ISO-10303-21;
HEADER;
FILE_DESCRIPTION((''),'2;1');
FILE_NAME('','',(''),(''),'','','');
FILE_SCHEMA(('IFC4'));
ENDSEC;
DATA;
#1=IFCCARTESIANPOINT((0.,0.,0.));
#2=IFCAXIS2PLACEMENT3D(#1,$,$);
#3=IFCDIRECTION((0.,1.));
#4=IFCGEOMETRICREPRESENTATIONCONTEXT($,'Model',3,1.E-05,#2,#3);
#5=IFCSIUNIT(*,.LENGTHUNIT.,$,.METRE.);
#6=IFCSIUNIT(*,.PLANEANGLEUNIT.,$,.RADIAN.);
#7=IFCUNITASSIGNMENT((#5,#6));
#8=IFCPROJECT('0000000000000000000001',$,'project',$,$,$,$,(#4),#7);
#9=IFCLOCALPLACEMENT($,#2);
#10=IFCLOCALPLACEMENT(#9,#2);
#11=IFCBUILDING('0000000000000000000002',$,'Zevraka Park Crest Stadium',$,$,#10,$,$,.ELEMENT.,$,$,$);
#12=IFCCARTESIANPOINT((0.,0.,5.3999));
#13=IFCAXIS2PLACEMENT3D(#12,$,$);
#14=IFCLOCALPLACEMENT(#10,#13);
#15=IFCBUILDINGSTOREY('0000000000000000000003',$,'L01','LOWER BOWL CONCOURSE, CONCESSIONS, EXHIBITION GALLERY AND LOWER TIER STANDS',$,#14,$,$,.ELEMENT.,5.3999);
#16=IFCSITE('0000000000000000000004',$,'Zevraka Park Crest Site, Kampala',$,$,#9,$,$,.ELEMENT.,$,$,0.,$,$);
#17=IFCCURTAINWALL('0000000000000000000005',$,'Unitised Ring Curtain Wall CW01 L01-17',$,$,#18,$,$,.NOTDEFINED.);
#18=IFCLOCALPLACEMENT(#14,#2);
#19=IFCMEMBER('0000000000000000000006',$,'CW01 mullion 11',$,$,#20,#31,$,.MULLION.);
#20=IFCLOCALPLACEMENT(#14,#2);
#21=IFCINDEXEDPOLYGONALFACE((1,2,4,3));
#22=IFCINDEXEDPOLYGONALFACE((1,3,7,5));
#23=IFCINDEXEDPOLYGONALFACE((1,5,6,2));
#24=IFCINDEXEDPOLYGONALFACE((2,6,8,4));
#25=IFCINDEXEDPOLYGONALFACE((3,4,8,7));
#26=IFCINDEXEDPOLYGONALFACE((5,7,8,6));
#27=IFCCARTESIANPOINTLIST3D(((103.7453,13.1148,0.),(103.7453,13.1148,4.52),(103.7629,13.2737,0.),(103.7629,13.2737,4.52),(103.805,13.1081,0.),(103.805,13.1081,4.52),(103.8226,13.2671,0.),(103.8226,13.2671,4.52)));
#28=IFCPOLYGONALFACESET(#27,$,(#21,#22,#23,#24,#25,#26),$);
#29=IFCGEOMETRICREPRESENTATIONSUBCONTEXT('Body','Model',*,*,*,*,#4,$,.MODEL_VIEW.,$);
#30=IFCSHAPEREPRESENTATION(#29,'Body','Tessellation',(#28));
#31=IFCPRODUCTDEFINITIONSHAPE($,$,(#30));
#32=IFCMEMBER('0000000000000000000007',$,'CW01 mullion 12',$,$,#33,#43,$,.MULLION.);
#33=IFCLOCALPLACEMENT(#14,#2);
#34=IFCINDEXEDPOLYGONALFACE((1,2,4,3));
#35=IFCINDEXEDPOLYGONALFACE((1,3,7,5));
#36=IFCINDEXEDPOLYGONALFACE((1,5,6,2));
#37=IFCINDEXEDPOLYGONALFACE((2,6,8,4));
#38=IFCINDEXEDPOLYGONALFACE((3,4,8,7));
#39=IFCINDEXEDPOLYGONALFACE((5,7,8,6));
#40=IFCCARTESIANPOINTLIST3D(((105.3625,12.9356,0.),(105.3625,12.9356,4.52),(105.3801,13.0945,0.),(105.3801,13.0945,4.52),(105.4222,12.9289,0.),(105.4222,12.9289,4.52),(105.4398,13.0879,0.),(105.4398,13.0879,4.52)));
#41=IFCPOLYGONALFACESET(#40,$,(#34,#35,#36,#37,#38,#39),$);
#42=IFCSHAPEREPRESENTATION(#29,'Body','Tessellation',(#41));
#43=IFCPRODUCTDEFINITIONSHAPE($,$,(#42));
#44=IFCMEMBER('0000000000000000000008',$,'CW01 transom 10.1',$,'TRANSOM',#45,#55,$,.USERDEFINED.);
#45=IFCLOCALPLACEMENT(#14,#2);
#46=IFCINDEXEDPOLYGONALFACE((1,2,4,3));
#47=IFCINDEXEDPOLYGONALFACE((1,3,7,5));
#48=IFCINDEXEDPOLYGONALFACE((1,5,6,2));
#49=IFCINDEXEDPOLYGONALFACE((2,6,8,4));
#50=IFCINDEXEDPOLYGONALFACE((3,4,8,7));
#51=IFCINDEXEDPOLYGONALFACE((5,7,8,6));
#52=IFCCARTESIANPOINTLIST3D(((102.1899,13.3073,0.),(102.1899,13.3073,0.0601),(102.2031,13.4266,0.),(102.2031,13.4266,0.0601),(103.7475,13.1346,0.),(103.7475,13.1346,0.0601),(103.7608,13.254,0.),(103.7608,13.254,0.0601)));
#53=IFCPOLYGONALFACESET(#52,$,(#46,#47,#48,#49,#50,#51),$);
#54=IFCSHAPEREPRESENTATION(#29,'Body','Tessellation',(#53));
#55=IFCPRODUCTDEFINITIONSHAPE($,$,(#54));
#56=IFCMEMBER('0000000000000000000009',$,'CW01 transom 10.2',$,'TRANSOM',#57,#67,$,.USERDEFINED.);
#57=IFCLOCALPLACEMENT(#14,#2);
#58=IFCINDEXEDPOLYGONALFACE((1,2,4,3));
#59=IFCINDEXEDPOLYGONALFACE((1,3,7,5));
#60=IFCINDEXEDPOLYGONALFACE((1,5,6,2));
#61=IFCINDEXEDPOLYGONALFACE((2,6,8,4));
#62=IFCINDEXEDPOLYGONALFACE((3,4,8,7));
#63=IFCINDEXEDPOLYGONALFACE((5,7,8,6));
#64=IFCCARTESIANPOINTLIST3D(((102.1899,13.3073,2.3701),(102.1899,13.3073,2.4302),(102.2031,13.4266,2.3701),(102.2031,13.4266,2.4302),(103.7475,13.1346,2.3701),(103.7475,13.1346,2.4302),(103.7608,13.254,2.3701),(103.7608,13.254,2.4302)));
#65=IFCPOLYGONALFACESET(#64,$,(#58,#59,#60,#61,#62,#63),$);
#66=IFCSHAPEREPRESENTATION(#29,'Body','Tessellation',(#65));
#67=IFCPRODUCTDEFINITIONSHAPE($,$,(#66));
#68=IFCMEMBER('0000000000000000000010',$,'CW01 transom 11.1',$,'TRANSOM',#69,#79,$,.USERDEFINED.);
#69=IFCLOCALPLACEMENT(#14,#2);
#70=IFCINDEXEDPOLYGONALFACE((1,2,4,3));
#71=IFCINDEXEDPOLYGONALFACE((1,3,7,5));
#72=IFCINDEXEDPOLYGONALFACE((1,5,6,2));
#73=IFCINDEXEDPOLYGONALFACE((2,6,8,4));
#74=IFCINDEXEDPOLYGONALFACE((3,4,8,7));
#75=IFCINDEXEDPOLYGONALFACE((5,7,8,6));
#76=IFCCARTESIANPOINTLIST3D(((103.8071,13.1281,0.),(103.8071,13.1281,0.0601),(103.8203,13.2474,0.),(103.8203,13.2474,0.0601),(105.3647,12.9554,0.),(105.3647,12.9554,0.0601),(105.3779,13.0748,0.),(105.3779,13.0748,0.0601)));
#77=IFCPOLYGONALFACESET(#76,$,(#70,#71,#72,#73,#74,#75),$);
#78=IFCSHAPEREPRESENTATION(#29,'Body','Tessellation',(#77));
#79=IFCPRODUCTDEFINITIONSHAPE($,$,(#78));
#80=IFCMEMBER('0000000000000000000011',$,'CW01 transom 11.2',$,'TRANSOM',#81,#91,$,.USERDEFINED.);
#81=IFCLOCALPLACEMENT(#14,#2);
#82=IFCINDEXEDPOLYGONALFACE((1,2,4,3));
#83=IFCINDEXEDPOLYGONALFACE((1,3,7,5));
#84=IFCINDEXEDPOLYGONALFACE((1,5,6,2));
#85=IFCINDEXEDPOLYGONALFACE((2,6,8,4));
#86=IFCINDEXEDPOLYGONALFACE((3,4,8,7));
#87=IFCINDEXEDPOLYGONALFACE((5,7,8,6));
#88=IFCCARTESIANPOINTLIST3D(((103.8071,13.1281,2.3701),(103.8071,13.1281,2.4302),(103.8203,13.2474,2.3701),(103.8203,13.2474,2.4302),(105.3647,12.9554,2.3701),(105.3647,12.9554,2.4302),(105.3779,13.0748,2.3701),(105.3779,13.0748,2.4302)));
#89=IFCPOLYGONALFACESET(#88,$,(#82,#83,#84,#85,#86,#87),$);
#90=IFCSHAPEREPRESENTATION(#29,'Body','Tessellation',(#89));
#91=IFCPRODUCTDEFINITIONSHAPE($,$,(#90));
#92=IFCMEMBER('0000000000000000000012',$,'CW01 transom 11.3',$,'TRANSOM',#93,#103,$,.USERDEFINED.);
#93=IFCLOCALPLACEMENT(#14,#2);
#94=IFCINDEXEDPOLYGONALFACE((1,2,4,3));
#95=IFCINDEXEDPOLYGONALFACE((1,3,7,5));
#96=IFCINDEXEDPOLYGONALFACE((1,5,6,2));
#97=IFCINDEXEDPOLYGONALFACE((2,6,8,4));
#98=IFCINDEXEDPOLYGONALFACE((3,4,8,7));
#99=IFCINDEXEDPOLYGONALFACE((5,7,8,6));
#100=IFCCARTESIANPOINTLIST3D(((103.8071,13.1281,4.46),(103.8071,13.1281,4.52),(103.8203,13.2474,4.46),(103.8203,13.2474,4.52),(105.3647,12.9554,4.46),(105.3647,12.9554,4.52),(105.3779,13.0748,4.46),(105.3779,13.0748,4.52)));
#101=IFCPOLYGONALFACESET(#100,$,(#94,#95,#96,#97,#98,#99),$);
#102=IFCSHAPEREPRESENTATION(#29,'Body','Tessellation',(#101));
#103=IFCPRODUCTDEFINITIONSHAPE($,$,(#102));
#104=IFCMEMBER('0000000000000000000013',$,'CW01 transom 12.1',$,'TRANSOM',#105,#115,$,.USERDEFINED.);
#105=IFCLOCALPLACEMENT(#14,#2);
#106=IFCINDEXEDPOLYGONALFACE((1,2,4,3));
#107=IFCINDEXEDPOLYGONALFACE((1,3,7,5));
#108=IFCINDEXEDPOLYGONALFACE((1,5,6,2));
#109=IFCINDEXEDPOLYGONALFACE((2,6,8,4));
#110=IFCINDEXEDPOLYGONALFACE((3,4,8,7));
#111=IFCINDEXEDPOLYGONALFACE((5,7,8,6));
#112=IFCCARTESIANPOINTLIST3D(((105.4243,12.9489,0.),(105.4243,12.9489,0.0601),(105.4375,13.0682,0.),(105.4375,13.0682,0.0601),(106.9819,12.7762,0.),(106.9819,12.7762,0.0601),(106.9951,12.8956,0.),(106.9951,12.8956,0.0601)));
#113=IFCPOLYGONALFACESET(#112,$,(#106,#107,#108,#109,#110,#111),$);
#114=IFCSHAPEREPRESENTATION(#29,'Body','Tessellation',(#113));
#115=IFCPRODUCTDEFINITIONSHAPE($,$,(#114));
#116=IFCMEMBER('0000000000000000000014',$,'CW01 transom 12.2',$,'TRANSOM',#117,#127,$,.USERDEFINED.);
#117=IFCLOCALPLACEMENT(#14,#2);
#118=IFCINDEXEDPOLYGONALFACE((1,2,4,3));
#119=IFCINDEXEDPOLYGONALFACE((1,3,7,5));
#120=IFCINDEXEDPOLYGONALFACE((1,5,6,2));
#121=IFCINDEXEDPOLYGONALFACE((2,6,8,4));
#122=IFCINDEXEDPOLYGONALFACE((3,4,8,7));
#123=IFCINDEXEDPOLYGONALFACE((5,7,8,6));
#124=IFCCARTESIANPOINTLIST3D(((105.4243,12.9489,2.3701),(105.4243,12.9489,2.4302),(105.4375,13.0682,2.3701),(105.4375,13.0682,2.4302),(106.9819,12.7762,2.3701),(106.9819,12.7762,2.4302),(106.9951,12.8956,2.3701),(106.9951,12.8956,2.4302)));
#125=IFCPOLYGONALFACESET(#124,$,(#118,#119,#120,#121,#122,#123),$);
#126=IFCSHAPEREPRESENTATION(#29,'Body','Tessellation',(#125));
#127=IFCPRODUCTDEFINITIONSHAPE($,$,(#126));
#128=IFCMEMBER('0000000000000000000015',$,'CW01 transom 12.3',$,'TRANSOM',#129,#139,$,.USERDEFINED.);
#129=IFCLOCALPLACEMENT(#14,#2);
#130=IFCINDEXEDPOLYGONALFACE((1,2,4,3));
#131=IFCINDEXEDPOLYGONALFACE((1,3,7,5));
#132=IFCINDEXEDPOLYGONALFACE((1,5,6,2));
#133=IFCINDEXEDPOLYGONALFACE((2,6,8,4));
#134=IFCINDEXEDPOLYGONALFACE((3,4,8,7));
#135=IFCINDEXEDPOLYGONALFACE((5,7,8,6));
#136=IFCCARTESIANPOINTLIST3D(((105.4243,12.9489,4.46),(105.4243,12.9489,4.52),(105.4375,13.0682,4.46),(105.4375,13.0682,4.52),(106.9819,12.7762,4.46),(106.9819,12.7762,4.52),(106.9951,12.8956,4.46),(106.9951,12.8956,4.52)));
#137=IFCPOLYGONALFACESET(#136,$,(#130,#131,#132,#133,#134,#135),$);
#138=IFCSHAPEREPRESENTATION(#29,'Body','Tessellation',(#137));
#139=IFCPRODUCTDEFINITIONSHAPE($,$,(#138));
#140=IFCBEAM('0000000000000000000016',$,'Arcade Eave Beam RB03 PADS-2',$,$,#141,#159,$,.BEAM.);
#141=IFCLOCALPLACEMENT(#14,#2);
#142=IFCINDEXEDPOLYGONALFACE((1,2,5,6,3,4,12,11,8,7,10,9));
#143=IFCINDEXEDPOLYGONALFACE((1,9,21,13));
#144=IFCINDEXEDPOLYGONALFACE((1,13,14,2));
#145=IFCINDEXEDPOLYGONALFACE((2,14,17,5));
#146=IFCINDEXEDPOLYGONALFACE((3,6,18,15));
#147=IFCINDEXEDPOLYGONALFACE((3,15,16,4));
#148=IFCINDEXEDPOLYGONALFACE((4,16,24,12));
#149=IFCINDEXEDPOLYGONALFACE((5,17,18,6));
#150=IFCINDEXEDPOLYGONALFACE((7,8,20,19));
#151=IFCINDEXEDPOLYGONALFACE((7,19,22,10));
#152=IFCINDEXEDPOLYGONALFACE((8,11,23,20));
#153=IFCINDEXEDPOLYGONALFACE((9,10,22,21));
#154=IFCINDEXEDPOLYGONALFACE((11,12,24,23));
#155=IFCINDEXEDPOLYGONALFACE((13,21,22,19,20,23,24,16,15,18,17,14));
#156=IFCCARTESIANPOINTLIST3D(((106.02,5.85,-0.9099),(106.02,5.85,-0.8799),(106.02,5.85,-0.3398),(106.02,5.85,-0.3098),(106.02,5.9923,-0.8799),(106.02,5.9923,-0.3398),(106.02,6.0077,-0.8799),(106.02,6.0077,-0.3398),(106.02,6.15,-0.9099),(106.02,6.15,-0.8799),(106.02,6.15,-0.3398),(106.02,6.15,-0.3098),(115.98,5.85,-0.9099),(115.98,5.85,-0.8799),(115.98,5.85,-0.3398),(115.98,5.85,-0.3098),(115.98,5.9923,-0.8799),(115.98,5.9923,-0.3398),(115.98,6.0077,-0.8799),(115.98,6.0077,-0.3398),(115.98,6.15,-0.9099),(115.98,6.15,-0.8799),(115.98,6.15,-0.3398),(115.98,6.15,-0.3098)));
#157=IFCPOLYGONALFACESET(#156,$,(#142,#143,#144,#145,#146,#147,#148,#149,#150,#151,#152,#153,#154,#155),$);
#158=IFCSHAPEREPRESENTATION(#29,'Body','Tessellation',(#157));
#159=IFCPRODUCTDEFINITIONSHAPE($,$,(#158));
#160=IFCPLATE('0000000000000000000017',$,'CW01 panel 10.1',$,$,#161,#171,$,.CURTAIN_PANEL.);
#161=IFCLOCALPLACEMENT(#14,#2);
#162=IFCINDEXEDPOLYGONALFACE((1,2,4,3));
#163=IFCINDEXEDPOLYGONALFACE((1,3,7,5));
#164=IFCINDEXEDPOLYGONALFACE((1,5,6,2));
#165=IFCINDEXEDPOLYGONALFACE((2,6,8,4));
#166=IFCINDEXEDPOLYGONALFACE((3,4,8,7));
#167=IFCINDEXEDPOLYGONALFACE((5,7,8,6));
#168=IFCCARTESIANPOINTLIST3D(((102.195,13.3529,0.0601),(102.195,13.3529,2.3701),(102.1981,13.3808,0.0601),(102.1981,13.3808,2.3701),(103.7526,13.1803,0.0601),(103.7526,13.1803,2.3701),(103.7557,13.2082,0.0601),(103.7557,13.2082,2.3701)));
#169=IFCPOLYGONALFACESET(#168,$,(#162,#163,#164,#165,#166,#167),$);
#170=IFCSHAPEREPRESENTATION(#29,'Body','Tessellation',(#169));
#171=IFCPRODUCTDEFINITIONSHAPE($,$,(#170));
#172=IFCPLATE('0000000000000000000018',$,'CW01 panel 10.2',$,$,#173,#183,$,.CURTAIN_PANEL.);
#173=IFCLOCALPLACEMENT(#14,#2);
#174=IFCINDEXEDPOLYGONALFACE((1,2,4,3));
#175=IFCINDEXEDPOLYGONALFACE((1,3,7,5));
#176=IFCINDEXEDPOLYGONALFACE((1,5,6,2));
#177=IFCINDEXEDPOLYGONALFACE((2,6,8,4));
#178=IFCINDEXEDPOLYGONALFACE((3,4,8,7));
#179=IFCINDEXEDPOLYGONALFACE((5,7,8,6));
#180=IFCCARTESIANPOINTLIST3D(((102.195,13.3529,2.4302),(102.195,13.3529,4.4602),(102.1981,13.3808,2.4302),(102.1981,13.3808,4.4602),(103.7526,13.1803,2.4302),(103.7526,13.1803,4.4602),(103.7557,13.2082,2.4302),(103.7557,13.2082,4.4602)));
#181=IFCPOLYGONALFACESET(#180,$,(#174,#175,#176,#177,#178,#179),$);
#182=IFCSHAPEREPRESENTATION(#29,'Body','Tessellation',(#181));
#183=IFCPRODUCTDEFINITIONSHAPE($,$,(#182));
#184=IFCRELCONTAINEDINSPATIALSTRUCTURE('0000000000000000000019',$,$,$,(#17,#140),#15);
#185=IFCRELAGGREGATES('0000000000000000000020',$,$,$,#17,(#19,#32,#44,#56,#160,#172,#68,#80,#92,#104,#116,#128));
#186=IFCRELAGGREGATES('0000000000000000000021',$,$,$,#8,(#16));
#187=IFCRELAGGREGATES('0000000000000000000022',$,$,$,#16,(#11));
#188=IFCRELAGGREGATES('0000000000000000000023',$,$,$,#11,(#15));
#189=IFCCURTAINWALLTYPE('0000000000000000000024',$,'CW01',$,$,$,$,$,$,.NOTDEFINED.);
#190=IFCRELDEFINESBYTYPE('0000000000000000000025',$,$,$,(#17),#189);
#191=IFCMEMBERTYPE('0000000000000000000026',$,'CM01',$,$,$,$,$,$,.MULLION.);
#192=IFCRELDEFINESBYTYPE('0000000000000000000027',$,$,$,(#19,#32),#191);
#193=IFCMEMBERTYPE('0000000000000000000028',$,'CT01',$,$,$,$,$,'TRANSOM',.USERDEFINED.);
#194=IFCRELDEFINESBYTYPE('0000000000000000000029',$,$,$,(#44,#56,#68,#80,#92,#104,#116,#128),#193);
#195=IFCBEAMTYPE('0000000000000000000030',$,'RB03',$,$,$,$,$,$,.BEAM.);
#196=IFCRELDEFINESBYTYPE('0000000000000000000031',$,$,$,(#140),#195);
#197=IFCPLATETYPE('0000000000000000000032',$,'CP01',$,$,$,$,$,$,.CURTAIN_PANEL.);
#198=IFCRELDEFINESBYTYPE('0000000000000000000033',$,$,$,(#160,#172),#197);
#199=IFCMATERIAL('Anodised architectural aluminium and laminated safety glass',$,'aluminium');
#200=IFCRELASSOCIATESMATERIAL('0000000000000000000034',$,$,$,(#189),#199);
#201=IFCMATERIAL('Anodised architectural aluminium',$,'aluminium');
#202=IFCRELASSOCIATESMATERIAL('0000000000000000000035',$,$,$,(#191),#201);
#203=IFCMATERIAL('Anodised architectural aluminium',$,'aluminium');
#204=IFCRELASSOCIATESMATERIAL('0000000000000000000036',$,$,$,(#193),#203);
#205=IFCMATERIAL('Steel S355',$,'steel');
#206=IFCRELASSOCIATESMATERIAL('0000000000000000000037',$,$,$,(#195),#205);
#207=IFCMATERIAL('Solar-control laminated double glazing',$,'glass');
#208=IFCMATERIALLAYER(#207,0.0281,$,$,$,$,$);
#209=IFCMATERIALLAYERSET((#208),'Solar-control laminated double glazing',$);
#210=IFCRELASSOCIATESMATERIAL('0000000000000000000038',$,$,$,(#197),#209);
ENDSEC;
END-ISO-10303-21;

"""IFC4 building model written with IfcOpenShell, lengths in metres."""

from ifc_helpers import new_model, si_unit, direction, frame, origin, origin_2d, place, context, subcontext, project, spatial, rectangle, i_section, extrude, material, layer, layer_set, material_profile, profile_set, type_object, element, aggregate, save


model = new_model("IFC4")

# Units and contexts
model_context = context("Model", 3, precision=1e-05, world=origin(), true_north=direction((0.0, 1.0)))
body_context = subcontext(model_context, "Body", "Model", "MODEL_VIEW")
ifc_project = project(units=[si_unit("LENGTHUNIT", "METRE"), si_unit("PLANEANGLEUNIT", "RADIAN")], contexts=[model_context])

# Site, building, storey
site_placement = place(None, origin())
site = spatial("IfcSite", under=ifc_project, at=site_placement, Name="Zevraka Park Crest Site, Kampala", CompositionType="ELEMENT", RefElevation=0.0)
building_placement = place(site_placement, origin())
building = spatial("IfcBuilding", under=site, at=building_placement, Name="Zevraka Park Crest Stadium", CompositionType="ELEMENT")
storey_placement = place(building_placement, frame((0.0, 0.0, 5.3999)))
storey = spatial("IfcBuildingStorey", under=building, at=storey_placement, Name="L01", Description="LOWER BOWL CONCOURSE, CONCESSIONS, EXHIBITION GALLERY AND LOWER TIER STANDS", CompositionType="ELEMENT", Elevation=5.3999)

# Curtain wall, members
ifc_material_1 = material(Name="Anodised architectural aluminium and laminated safety glass", Category="aluminium")
curtain_wall_type = type_object("IfcCurtainWallType", Name="CW01", PredefinedType="NOTDEFINED", material=ifc_material_1)
curtain_wall_placement = place(storey_placement, origin())
curtain_wall = element("IfcCurtainWall", 1, at=curtain_wall_placement, inside=storey, type_object=curtain_wall_type, Name="Unitised Ring Curtain Wall CW01 L01-17", PredefinedType="NOTDEFINED")
ifc_material_2 = material(Name="Anodised architectural aluminium", Category="aluminium")
ifc_material_profile_1 = material_profile(ifc_material_2, rectangle(XDim=0.1599, YDim=0.0601, at=origin_2d()), Name="ALU MULLION 160x60")
ifc_profile_set_1 = profile_set([ifc_material_profile_1], Name="Anodised architectural aluminium")
member_type_1 = type_object("IfcMemberType", Name="CM01", PredefinedType="MULLION", material=ifc_profile_set_1)
member_1_placement = place(storey_placement, frame((103.7839, 13.1909, 0.0), z_axis=(0.0, 0.0, 1.0), x_axis=(0.110135, 0.993917, 0.0)))
member_1 = element("IfcMember", 2, at=member_1_placement, type_object=member_type_1, Name="CW01 mullion 11", PredefinedType="MULLION", context=body_context, shape_type="SweptSolid", body=[
    extrude(rectangle(XDim=0.1599, YDim=0.0601, at=origin_2d()), origin(), (0.0, 0.0, 1.0), 4.52),
])
member_2_placement = place(storey_placement, frame((105.4011, 13.0117, 0.0), z_axis=(0.0, 0.0, 1.0), x_axis=(0.110135, 0.993917, 0.0)))
member_2 = element("IfcMember", 3, at=member_2_placement, type_object=member_type_1, Name="CW01 mullion 12", PredefinedType="MULLION", context=body_context, shape_type="SweptSolid", body=[
    extrude(rectangle(XDim=0.1599, YDim=0.0601, at=origin_2d()), origin(), (0.0, 0.0, 1.0), 4.52),
])
ifc_material_3 = material(Name="Anodised architectural aluminium", Category="aluminium")
ifc_material_profile_2 = material_profile(ifc_material_3, rectangle(XDim=0.1201, YDim=0.0601, at=origin_2d()), Name="ALU TRANSOM 120x60")
ifc_profile_set_2 = profile_set([ifc_material_profile_2], Name="Anodised architectural aluminium")
member_type_2 = type_object("IfcMemberType", Name="CT01", ElementType="TRANSOM", PredefinedType="USERDEFINED", material=ifc_profile_set_2)
member_3_placement = place(storey_placement, frame((102.1965, 13.3669, 0.03), z_axis=(0.993916, -0.110141, 0.0), x_axis=(0.110141, 0.993916, 0.0)))
member_3 = element("IfcMember", 4, at=member_3_placement, type_object=member_type_2, Name="CW01 transom 10.1", ObjectType="TRANSOM", PredefinedType="USERDEFINED", context=body_context, shape_type="SweptSolid", body=[
    extrude(rectangle(XDim=0.1201, YDim=0.0601, at=origin_2d()), origin(), (0.0, 0.0, 1.0), 1.5671),
])
member_4_placement = place(storey_placement, frame((102.1965, 13.3669, 2.4001), z_axis=(0.993916, -0.110141, 0.0), x_axis=(0.110141, 0.993916, 0.0)))
member_4 = element("IfcMember", 5, at=member_4_placement, type_object=member_type_2, Name="CW01 transom 10.2", ObjectType="TRANSOM", PredefinedType="USERDEFINED", context=body_context, shape_type="SweptSolid", body=[
    extrude(rectangle(XDim=0.1201, YDim=0.0601, at=origin_2d()), origin(), (0.0, 0.0, 1.0), 1.5671),
])
member_5_placement = place(storey_placement, frame((103.8137, 13.1877, 0.03), z_axis=(0.993916, -0.110141, 0.0), x_axis=(0.110141, 0.993916, 0.0)))
member_5 = element("IfcMember", 6, at=member_5_placement, type_object=member_type_2, Name="CW01 transom 11.1", ObjectType="TRANSOM", PredefinedType="USERDEFINED", context=body_context, shape_type="SweptSolid", body=[
    extrude(rectangle(XDim=0.1201, YDim=0.0601, at=origin_2d()), origin(), (0.0, 0.0, 1.0), 1.5671),
])
member_6_placement = place(storey_placement, frame((103.8137, 13.1877, 2.4001), z_axis=(0.993916, -0.110141, 0.0), x_axis=(0.110141, 0.993916, 0.0)))
member_6 = element("IfcMember", 7, at=member_6_placement, type_object=member_type_2, Name="CW01 transom 11.2", ObjectType="TRANSOM", PredefinedType="USERDEFINED", context=body_context, shape_type="SweptSolid", body=[
    extrude(rectangle(XDim=0.1201, YDim=0.0601, at=origin_2d()), origin(), (0.0, 0.0, 1.0), 1.5671),
])
member_7_placement = place(storey_placement, frame((103.8137, 13.1877, 4.49), z_axis=(0.993916, -0.110141, 0.0), x_axis=(0.110141, 0.993916, 0.0)))
member_7 = element("IfcMember", 8, at=member_7_placement, type_object=member_type_2, Name="CW01 transom 11.3", ObjectType="TRANSOM", PredefinedType="USERDEFINED", context=body_context, shape_type="SweptSolid", body=[
    extrude(rectangle(XDim=0.1201, YDim=0.0601, at=origin_2d()), origin(), (0.0, 0.0, 1.0), 1.5671),
])
member_8_placement = place(storey_placement, frame((105.4309, 13.0085, 0.03), z_axis=(0.993916, -0.110141, 0.0), x_axis=(0.110141, 0.993916, 0.0)))
member_8 = element("IfcMember", 9, at=member_8_placement, type_object=member_type_2, Name="CW01 transom 12.1", ObjectType="TRANSOM", PredefinedType="USERDEFINED", context=body_context, shape_type="SweptSolid", body=[
    extrude(rectangle(XDim=0.1201, YDim=0.0601, at=origin_2d()), origin(), (0.0, 0.0, 1.0), 1.5671),
])
member_9_placement = place(storey_placement, frame((105.4309, 13.0085, 2.4001), z_axis=(0.993916, -0.110141, 0.0), x_axis=(0.110141, 0.993916, 0.0)))
member_9 = element("IfcMember", 10, at=member_9_placement, type_object=member_type_2, Name="CW01 transom 12.2", ObjectType="TRANSOM", PredefinedType="USERDEFINED", context=body_context, shape_type="SweptSolid", body=[
    extrude(rectangle(XDim=0.1201, YDim=0.0601, at=origin_2d()), origin(), (0.0, 0.0, 1.0), 1.5671),
])
member_10_placement = place(storey_placement, frame((105.4309, 13.0085, 4.49), z_axis=(0.993916, -0.110141, 0.0), x_axis=(0.110141, 0.993916, 0.0)))
member_10 = element("IfcMember", 11, at=member_10_placement, type_object=member_type_2, Name="CW01 transom 12.3", ObjectType="TRANSOM", PredefinedType="USERDEFINED", context=body_context, shape_type="SweptSolid", body=[
    extrude(rectangle(XDim=0.1201, YDim=0.0601, at=origin_2d()), origin(), (0.0, 0.0, 1.0), 1.5671),
])

# Beam
ifc_material_4 = material(Name="Steel S355", Category="steel")
ifc_material_profile_3 = material_profile(ifc_material_4, i_section(OverallWidth=0.3, OverallDepth=0.6001, WebThickness=0.0154, FlangeThickness=0.03, at=origin_2d()), Name="HEB 600")
ifc_profile_set_3 = profile_set([ifc_material_profile_3], Name="Steel S355")
beam_type = type_object("IfcBeamType", Name="RB03", PredefinedType="BEAM", material=ifc_profile_set_3)
beam_placement = place(storey_placement, frame((106.02, 6.0, -0.6099), z_axis=(1.0, 0.0, 0.0), x_axis=(0.0, 1.0, 0.0)))
element("IfcBeam", 12, at=beam_placement, inside=storey, type_object=beam_type, Name="Arcade Eave Beam RB03 PADS-2", PredefinedType="BEAM", context=body_context, shape_type="SweptSolid", body=[
    extrude(i_section(OverallWidth=0.3, OverallDepth=0.6001, WebThickness=0.0154, FlangeThickness=0.03, at=origin_2d()), origin(), (0.0, 0.0, 1.0), 9.96),
])

# Plates
ifc_material_5 = material(Name="Solar-control laminated double glazing", Category="glass")
ifc_layer_1 = layer(ifc_material_5, 0.0281)
ifc_layer_set_1 = layer_set([ifc_layer_1], Name="Solar-control laminated double glazing")
plate_type = type_object("IfcPlateType", Name="CP01", PredefinedType="CURTAIN_PANEL", material=ifc_layer_set_1)
plate_1_placement = place(storey_placement, frame((102.9753, 13.2805, 0.0601), z_axis=(0.0, 0.0, 1.0), x_axis=(0.993917, -0.110135, 0.0)))
plate_1 = element("IfcPlate", 13, at=plate_1_placement, type_object=plate_type, Name="CW01 panel 10.1", PredefinedType="CURTAIN_PANEL", context=body_context, shape_type="SweptSolid", body=[
    extrude(rectangle(XDim=1.5671, YDim=0.0281, at=origin_2d()), origin(), (0.0, 0.0, 1.0), 2.3101),
])
plate_2_placement = place(storey_placement, frame((102.9753, 13.2805, 2.4302), z_axis=(0.0, 0.0, 1.0), x_axis=(0.993917, -0.110135, 0.0)))
plate_2 = element("IfcPlate", 14, at=plate_2_placement, type_object=plate_type, Name="CW01 panel 10.2", PredefinedType="CURTAIN_PANEL", context=body_context, shape_type="SweptSolid", body=[
    extrude(rectangle(XDim=1.5671, YDim=0.0281, at=origin_2d()), origin(), (0.0, 0.0, 1.0), 2.03),
])
aggregate(curtain_wall, [member_1, member_2, member_3, member_4, plate_1, plate_2, member_5, member_6, member_7, member_8, member_9, member_10])

save(model, "model.ifc")
